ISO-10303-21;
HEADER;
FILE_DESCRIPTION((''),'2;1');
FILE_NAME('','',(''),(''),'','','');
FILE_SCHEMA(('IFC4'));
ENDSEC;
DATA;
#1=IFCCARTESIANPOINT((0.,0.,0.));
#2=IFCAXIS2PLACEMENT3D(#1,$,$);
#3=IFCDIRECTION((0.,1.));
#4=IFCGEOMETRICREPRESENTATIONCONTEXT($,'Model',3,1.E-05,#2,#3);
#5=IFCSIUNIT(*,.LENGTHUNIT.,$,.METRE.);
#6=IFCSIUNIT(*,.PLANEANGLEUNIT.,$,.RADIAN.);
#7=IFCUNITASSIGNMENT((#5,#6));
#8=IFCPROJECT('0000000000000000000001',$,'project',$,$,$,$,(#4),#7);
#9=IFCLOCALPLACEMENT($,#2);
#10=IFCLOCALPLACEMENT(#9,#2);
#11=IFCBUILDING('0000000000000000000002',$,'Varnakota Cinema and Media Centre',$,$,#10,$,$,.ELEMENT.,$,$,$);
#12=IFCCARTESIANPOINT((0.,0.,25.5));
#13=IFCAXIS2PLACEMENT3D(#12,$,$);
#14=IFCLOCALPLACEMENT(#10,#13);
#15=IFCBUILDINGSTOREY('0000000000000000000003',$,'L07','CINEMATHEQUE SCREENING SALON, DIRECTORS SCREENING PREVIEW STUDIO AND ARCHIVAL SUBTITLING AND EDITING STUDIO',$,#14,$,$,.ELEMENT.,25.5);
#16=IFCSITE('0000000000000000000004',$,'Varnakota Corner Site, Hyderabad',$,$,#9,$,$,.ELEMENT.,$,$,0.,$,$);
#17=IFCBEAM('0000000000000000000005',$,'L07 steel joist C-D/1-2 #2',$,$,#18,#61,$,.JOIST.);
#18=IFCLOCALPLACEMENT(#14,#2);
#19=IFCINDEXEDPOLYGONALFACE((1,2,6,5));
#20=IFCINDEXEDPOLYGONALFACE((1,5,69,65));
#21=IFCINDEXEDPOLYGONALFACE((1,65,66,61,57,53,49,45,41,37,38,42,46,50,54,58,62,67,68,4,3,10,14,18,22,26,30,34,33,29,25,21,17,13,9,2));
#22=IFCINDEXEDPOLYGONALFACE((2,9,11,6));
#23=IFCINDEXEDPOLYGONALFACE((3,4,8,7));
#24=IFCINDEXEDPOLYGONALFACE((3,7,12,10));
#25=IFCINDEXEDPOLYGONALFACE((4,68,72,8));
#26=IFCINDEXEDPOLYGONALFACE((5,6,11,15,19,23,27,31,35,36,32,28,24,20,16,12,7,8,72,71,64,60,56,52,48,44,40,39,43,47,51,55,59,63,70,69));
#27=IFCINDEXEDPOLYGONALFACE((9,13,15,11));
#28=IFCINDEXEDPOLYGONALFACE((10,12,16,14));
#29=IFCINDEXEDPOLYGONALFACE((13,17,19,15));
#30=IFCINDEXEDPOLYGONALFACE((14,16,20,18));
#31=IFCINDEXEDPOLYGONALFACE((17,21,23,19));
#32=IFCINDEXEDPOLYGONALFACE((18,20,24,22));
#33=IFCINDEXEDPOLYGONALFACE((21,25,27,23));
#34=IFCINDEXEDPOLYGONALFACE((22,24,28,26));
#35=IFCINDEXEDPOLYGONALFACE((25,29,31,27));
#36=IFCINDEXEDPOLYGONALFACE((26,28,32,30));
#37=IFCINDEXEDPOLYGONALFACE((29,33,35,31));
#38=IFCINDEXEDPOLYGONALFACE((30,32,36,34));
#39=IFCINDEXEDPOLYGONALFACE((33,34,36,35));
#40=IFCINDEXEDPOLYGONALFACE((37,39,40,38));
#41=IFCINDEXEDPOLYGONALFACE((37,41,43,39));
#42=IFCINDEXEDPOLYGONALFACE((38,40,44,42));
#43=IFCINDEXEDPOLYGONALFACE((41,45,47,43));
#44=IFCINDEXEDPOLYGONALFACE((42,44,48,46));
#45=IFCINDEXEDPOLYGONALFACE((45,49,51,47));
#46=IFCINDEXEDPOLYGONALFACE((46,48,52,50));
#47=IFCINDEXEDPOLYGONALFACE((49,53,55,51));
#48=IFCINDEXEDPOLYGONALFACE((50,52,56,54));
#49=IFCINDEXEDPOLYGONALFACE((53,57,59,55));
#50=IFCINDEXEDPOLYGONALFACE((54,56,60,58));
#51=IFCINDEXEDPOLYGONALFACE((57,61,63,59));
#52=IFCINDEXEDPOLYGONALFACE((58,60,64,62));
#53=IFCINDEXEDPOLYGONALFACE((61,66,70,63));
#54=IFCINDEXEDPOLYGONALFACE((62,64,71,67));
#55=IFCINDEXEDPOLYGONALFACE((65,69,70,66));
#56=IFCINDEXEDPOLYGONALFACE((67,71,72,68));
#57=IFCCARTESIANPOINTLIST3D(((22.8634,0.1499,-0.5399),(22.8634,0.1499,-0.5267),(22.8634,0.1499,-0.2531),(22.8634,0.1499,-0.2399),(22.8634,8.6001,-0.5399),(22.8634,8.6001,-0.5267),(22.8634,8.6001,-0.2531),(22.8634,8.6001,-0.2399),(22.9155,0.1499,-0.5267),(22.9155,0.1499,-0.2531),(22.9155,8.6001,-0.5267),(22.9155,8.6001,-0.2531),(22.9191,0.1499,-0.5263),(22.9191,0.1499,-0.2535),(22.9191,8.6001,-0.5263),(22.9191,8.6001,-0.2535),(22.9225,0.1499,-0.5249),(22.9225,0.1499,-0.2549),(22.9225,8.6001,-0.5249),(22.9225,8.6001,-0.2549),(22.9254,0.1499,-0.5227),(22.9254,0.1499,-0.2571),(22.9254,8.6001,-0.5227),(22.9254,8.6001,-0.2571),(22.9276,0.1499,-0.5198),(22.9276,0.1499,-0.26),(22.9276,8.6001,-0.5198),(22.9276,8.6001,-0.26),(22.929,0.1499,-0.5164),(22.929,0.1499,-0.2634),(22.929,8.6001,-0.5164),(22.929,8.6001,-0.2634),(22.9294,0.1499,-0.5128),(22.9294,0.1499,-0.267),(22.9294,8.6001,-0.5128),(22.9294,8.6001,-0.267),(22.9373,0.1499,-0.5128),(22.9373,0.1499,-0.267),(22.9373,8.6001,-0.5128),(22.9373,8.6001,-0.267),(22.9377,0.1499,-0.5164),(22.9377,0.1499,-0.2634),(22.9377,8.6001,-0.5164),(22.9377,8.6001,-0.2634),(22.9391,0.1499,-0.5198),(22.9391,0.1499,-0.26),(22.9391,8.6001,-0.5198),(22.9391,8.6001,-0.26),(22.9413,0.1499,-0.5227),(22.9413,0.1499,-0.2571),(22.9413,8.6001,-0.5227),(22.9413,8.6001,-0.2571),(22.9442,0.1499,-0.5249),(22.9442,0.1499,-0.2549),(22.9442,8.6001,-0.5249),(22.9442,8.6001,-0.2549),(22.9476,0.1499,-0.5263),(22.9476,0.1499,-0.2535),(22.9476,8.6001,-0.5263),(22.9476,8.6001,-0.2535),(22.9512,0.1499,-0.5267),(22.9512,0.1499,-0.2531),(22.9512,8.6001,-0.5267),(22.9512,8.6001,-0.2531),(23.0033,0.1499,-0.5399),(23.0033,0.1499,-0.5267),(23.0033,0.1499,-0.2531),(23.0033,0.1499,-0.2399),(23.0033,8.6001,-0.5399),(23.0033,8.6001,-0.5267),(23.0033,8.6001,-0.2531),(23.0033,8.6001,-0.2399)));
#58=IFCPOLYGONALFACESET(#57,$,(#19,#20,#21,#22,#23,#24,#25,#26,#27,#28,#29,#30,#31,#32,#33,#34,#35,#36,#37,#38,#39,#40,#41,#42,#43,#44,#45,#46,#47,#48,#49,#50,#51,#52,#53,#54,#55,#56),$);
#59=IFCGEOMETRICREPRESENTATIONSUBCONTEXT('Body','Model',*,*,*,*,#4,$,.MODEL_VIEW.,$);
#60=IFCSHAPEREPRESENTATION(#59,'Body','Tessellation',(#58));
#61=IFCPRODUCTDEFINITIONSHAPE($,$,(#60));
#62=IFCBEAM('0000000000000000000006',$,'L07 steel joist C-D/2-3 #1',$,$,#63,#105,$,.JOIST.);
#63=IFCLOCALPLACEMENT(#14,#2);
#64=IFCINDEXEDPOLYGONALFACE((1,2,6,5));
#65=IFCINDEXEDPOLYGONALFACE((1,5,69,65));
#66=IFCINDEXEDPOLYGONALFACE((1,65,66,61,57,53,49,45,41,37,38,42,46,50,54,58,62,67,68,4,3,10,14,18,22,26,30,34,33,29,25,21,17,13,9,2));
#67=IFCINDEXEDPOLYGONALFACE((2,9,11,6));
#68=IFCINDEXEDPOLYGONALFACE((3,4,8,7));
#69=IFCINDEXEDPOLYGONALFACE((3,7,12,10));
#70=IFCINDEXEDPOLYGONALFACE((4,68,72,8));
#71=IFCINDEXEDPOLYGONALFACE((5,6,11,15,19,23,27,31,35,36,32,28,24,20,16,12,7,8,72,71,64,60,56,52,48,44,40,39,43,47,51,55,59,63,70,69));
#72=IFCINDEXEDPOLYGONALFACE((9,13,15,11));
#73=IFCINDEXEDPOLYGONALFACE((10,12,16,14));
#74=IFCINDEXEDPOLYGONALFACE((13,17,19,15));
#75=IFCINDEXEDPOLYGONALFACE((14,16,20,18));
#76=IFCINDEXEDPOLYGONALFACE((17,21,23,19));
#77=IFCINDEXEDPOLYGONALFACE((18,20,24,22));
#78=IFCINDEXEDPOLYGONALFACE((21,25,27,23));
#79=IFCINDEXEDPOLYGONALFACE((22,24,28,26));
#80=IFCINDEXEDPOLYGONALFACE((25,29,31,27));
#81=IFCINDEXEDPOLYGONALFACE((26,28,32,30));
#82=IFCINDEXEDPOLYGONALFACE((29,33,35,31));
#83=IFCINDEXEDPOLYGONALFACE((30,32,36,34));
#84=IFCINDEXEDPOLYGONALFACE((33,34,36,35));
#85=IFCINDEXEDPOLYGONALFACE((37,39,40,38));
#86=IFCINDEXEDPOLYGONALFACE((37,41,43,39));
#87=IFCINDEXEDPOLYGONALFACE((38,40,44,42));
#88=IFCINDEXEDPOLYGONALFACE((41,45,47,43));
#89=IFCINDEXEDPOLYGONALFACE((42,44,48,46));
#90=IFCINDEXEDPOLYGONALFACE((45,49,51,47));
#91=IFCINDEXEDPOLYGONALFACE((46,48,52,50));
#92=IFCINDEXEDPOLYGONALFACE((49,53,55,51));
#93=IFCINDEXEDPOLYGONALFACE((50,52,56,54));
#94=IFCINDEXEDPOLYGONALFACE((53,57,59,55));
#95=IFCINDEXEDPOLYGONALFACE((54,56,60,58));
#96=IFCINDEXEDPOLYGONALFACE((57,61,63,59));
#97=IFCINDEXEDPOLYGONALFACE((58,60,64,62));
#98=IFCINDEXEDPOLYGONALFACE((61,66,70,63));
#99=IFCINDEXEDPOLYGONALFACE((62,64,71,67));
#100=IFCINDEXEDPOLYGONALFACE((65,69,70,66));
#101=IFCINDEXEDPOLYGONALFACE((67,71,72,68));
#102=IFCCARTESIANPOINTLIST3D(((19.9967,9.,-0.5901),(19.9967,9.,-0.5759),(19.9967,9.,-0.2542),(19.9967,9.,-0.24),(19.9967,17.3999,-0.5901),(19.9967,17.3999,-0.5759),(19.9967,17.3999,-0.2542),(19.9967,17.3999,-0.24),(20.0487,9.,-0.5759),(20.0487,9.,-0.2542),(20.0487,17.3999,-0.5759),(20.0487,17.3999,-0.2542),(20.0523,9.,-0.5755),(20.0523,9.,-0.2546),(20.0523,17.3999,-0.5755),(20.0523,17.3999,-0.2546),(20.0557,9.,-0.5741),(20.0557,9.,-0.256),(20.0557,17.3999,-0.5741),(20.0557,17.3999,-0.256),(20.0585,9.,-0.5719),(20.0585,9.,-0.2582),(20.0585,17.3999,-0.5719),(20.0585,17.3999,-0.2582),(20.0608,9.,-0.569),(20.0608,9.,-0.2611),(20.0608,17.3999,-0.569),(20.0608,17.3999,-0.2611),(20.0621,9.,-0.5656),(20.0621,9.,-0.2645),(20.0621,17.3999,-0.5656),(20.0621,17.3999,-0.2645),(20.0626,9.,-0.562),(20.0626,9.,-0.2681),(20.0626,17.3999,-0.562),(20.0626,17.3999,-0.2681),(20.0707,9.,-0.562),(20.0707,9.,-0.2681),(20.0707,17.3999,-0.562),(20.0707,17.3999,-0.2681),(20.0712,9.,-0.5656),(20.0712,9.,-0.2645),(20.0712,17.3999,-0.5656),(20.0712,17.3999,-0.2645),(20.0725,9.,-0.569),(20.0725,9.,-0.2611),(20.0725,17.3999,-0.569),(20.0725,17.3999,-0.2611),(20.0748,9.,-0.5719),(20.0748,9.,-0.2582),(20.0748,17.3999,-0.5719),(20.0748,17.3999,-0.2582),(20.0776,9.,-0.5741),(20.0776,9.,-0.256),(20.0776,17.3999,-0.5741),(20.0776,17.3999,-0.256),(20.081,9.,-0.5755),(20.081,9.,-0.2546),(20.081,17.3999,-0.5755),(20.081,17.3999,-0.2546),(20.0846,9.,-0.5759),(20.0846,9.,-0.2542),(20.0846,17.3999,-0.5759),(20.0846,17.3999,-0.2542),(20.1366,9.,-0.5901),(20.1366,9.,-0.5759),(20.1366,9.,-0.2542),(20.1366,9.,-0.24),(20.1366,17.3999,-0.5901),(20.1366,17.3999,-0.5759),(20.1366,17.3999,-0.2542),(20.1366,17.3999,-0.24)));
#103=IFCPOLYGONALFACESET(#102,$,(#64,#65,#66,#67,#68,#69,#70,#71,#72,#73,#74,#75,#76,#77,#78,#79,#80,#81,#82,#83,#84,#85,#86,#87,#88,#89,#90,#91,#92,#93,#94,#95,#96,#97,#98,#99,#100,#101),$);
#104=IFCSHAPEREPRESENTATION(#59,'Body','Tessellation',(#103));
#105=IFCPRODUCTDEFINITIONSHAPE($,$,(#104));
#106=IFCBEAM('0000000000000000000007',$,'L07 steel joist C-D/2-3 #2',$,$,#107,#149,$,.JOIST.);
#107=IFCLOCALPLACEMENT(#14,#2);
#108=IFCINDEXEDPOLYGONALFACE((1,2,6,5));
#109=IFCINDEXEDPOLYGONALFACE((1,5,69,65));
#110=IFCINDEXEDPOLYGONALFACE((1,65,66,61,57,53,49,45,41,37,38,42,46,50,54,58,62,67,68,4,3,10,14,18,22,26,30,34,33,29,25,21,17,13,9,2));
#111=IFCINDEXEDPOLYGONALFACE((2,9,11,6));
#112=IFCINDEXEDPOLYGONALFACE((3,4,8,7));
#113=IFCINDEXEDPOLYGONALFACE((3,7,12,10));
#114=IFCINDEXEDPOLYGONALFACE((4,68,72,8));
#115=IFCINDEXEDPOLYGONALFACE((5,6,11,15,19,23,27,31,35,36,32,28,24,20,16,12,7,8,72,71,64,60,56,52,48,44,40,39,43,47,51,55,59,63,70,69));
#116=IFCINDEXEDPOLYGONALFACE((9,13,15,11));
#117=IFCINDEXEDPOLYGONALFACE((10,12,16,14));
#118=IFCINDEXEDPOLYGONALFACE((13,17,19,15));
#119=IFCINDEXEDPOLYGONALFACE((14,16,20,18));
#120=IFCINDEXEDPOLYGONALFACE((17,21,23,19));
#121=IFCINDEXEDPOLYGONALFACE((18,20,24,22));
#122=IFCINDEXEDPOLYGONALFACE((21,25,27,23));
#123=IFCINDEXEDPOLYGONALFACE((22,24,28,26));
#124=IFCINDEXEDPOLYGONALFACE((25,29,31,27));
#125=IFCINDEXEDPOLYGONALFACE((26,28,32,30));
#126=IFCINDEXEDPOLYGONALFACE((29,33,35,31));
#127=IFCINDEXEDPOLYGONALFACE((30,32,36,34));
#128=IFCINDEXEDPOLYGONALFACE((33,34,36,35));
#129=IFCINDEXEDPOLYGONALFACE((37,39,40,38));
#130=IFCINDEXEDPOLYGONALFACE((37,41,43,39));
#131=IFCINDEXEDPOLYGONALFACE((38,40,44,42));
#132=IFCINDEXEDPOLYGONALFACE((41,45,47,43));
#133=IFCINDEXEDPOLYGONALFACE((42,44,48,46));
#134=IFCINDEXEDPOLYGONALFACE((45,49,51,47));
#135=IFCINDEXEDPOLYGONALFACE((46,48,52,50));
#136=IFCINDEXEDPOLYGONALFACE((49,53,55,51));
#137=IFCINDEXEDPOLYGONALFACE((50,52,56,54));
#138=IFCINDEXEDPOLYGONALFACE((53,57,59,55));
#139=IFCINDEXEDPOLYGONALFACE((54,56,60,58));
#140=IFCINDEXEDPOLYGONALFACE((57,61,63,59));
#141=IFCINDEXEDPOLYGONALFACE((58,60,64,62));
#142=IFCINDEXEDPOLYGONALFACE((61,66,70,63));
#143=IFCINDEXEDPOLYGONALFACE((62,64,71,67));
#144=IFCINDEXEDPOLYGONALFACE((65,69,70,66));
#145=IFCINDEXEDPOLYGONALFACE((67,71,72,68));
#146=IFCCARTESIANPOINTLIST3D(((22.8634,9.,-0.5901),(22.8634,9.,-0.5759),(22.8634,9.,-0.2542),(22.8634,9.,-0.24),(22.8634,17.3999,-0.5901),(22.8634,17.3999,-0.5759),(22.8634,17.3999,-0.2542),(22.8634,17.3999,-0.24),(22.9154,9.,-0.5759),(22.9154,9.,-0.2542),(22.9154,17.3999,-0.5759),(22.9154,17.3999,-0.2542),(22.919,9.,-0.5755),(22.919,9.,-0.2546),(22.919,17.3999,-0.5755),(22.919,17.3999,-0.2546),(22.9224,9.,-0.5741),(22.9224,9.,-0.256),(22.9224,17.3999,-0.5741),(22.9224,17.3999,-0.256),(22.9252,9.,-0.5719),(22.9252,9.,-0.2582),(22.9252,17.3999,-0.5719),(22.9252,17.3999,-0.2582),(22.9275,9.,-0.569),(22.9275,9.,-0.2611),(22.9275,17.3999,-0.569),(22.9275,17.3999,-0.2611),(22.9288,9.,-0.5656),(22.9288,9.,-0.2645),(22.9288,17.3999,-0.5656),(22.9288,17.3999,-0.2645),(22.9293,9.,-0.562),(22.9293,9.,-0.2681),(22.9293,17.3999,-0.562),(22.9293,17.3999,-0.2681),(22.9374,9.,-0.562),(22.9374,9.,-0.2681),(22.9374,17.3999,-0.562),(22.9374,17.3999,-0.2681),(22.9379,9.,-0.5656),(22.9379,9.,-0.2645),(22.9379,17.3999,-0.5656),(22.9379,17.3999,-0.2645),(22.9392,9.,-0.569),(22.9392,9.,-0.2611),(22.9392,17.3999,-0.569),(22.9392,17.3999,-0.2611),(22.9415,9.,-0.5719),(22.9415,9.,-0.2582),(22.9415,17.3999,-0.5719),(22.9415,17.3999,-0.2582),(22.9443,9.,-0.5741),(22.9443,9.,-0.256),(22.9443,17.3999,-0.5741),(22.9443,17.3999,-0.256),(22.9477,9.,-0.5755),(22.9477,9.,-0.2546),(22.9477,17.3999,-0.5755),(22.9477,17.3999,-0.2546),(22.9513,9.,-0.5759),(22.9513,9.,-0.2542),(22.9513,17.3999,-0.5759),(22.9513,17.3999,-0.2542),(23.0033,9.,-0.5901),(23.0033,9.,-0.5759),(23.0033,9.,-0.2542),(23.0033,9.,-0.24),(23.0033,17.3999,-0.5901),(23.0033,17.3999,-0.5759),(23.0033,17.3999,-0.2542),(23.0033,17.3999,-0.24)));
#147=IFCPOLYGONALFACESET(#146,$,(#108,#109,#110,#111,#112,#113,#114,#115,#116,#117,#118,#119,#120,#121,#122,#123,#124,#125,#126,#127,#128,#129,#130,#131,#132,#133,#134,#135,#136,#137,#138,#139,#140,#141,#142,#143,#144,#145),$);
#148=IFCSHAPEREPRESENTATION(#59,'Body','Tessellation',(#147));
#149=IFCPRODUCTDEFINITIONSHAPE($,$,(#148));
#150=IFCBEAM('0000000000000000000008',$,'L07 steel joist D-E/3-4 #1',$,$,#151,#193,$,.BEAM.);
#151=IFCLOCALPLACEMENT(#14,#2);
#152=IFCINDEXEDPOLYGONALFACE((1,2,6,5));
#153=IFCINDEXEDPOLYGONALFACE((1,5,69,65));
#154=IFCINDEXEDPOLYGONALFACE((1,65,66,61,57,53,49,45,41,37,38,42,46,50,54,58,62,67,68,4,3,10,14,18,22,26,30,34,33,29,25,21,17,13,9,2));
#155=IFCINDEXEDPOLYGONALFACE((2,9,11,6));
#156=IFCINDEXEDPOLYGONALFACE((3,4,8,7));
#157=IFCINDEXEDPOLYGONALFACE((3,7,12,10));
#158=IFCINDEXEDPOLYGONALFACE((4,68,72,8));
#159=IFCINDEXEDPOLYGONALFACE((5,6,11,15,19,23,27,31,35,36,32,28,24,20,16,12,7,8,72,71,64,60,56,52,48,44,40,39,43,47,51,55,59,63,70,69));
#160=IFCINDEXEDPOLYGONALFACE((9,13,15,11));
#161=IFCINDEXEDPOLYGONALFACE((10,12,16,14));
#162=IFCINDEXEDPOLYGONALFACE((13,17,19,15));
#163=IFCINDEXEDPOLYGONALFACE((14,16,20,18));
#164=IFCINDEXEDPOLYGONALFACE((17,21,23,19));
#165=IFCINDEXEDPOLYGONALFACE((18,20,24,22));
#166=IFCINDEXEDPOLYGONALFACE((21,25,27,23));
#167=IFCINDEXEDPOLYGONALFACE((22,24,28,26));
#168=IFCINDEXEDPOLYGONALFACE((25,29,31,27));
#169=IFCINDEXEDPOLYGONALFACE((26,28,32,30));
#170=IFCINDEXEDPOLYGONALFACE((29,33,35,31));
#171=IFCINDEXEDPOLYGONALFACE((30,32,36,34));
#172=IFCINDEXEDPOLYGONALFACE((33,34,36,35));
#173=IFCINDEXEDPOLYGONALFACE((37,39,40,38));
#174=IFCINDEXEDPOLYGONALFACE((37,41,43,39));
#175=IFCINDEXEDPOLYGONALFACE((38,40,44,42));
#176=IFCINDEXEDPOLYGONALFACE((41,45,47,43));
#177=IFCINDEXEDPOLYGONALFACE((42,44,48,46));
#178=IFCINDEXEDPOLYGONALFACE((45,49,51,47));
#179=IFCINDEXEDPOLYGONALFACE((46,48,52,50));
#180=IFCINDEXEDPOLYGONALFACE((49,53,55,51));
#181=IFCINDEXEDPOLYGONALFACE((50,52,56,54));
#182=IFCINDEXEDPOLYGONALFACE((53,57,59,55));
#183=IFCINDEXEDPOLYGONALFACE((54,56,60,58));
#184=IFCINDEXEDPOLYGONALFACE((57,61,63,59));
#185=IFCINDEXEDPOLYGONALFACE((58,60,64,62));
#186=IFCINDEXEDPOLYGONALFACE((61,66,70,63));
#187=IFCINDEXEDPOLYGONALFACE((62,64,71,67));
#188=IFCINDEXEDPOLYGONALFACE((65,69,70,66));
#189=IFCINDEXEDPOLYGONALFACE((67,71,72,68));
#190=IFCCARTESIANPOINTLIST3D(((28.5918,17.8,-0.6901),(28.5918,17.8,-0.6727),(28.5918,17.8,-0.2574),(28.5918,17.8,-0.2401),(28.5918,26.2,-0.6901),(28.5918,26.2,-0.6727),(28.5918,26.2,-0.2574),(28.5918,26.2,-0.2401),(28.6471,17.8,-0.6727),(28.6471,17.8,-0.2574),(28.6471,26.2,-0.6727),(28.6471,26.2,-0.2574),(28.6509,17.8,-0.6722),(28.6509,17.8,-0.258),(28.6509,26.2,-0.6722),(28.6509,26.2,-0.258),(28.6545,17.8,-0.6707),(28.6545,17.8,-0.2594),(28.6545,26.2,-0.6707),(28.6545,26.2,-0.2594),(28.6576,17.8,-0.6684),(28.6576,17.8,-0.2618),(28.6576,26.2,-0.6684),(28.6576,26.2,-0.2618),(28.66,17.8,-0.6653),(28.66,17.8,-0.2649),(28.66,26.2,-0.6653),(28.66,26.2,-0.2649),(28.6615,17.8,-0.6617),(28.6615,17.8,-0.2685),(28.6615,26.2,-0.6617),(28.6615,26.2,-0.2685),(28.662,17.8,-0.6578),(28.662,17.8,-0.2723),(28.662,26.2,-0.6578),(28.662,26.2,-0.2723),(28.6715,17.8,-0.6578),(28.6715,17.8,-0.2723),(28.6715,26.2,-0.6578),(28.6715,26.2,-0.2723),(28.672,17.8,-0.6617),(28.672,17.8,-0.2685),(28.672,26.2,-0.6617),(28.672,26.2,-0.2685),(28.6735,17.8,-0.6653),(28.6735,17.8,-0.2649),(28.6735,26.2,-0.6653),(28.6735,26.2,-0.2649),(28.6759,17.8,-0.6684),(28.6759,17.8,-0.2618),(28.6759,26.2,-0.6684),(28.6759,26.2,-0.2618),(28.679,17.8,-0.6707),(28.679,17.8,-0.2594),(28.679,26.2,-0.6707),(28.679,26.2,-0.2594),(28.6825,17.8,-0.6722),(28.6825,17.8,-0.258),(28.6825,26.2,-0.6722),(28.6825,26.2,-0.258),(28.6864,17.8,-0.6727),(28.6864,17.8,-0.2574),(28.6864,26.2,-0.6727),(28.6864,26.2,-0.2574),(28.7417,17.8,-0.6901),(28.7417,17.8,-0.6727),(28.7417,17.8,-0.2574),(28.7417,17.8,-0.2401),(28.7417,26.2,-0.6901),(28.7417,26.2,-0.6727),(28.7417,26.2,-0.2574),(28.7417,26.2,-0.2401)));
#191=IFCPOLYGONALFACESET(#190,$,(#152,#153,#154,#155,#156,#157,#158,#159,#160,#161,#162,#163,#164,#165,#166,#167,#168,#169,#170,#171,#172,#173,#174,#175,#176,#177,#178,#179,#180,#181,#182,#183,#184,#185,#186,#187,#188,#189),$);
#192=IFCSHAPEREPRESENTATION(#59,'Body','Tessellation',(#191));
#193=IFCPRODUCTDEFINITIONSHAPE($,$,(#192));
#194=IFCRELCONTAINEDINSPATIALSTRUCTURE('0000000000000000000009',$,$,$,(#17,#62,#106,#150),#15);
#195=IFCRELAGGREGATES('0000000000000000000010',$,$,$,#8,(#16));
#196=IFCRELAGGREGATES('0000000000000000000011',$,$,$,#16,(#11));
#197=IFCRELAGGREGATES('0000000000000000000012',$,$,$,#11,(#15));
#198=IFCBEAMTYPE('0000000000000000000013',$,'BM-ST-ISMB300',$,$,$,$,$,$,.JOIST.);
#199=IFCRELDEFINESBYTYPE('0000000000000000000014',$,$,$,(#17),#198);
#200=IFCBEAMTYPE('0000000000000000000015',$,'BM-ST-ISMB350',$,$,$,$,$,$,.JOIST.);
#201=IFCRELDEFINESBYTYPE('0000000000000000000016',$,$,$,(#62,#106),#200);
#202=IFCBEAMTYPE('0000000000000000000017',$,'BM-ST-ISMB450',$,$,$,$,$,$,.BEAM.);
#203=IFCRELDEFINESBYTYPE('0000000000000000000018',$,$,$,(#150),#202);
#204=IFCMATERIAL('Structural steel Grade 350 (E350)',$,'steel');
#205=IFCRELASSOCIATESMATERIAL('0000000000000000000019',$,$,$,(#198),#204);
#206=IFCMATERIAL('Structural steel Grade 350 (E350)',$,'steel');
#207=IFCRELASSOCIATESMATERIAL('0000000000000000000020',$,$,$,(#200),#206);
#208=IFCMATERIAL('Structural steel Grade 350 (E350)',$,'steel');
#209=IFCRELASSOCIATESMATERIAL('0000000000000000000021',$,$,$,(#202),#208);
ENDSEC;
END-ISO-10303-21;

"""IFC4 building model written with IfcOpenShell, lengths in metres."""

from ifc_helpers import new_model, si_unit, direction, frame, origin, origin_2d, place, context, subcontext, project, spatial, i_section, extrude, material, material_profile, profile_set, type_object, element, save


model = new_model("IFC4")

# Units and contexts
model_context = context("Model", 3, precision=1e-05, world=origin(), true_north=direction((0.0, 1.0)))
body_context = subcontext(model_context, "Body", "Model", "MODEL_VIEW")
ifc_project = project(units=[si_unit("LENGTHUNIT", "METRE"), si_unit("PLANEANGLEUNIT", "RADIAN")], contexts=[model_context])

# Site, building, storey
site_placement = place(None, origin())
site = spatial("IfcSite", under=ifc_project, at=site_placement, Name="Varnakota Corner Site, Hyderabad", CompositionType="ELEMENT", RefElevation=0.0)
building_placement = place(site_placement, origin())
building = spatial("IfcBuilding", under=site, at=building_placement, Name="Varnakota Cinema and Media Centre", CompositionType="ELEMENT")
storey_placement = place(building_placement, frame((0.0, 0.0, 25.5)))
storey = spatial("IfcBuildingStorey", under=building, at=storey_placement, Name="L07", Description="CINEMATHEQUE SCREENING SALON, DIRECTORS SCREENING PREVIEW STUDIO AND ARCHIVAL SUBTITLING AND EDITING STUDIO", CompositionType="ELEMENT", Elevation=25.5)

# Beams
ifc_material_1 = material(Name="Structural steel Grade 350 (E350)", Category="steel")
ifc_material_profile_1 = material_profile(ifc_material_1, i_section(OverallWidth=0.1399, OverallDepth=0.3, WebThickness=0.0078, FlangeThickness=0.0132, FilletRadius=0.0139, at=origin_2d()), Name="ISMB 300")
ifc_profile_set_1 = profile_set([ifc_material_profile_1], Name="Structural steel Grade 350 (E350)")
beam_type_1 = type_object("IfcBeamType", Name="BM-ST-ISMB300", PredefinedType="JOIST", material=ifc_profile_set_1)
for number, where, z_axis, x_axis, name in (
    (1, (22.9333, 0.1499, -0.3899), (0.0, 1.0, 0.0), (-1.0, 0.0, 0.0), "L07 steel joist C-D/1-2 #2"),
):
    element("IfcBeam", number, at=place(storey_placement, frame(where, z_axis=z_axis, x_axis=x_axis)), inside=storey, type_object=beam_type_1, Name=name, PredefinedType="JOIST", context=body_context, shape_type="SweptSolid", body=[
        extrude(i_section(OverallWidth=0.1399, OverallDepth=0.3, WebThickness=0.0078, FlangeThickness=0.0132, FilletRadius=0.0139, at=origin_2d()), origin(), (0.0, 0.0, 1.0), 8.4502),
    ])
ifc_material_2 = material(Name="Structural steel Grade 350 (E350)", Category="steel")
ifc_material_profile_2 = material_profile(ifc_material_2, i_section(OverallWidth=0.1399, OverallDepth=0.3501, WebThickness=0.0081, FlangeThickness=0.0142, FilletRadius=0.0139, at=origin_2d()), Name="ISMB 350")
ifc_profile_set_2 = profile_set([ifc_material_profile_2], Name="Structural steel Grade 350 (E350)")
beam_type_2 = type_object("IfcBeamType", Name="BM-ST-ISMB350", PredefinedType="JOIST", material=ifc_profile_set_2)
for number, where, z_axis, x_axis, name in (
    (2, (20.0667, 9.0, -0.415), (0.0, 1.0, 0.0), (-1.0, 0.0, 0.0), "L07 steel joist C-D/2-3 #1"),
    (3, (22.9333, 9.0, -0.415), (0.0, 1.0, 0.0), (-1.0, 0.0, 0.0), "L07 steel joist C-D/2-3 #2"),
):
    element("IfcBeam", number, at=place(storey_placement, frame(where, z_axis=z_axis, x_axis=x_axis)), inside=storey, type_object=beam_type_2, Name=name, PredefinedType="JOIST", context=body_context, shape_type="SweptSolid", body=[
        extrude(i_section(OverallWidth=0.1399, OverallDepth=0.3501, WebThickness=0.0081, FlangeThickness=0.0142, FilletRadius=0.0139, at=origin_2d()), origin(), (0.0, 0.0, 1.0), 8.3999),
    ])
ifc_material_3 = material(Name="Structural steel Grade 350 (E350)", Category="steel")
ifc_material_profile_3 = material_profile(ifc_material_3, i_section(OverallWidth=0.1499, OverallDepth=0.45, WebThickness=0.0095, FlangeThickness=0.0173, FilletRadius=0.0149, at=origin_2d()), Name="ISMB 450")
ifc_profile_set_3 = profile_set([ifc_material_profile_3], Name="Structural steel Grade 350 (E350)")
beam_type_3 = type_object("IfcBeamType", Name="BM-ST-ISMB450", PredefinedType="BEAM", material=ifc_profile_set_3)
for number, where, z_axis, x_axis, name in (
    (4, (28.6667, 17.8, -0.4651), (0.0, 1.0, 0.0), (-1.0, 0.0, 0.0), "L07 steel joist D-E/3-4 #1"),
):
    element("IfcBeam", number, at=place(storey_placement, frame(where, z_axis=z_axis, x_axis=x_axis)), inside=storey, type_object=beam_type_3, Name=name, PredefinedType="BEAM", context=body_context, shape_type="SweptSolid", body=[
        extrude(i_section(OverallWidth=0.1499, OverallDepth=0.45, WebThickness=0.0095, FlangeThickness=0.0173, FilletRadius=0.0149, at=origin_2d()), origin(), (0.0, 0.0, 1.0), 8.3999),
    ])

save(model, "model.ifc")
